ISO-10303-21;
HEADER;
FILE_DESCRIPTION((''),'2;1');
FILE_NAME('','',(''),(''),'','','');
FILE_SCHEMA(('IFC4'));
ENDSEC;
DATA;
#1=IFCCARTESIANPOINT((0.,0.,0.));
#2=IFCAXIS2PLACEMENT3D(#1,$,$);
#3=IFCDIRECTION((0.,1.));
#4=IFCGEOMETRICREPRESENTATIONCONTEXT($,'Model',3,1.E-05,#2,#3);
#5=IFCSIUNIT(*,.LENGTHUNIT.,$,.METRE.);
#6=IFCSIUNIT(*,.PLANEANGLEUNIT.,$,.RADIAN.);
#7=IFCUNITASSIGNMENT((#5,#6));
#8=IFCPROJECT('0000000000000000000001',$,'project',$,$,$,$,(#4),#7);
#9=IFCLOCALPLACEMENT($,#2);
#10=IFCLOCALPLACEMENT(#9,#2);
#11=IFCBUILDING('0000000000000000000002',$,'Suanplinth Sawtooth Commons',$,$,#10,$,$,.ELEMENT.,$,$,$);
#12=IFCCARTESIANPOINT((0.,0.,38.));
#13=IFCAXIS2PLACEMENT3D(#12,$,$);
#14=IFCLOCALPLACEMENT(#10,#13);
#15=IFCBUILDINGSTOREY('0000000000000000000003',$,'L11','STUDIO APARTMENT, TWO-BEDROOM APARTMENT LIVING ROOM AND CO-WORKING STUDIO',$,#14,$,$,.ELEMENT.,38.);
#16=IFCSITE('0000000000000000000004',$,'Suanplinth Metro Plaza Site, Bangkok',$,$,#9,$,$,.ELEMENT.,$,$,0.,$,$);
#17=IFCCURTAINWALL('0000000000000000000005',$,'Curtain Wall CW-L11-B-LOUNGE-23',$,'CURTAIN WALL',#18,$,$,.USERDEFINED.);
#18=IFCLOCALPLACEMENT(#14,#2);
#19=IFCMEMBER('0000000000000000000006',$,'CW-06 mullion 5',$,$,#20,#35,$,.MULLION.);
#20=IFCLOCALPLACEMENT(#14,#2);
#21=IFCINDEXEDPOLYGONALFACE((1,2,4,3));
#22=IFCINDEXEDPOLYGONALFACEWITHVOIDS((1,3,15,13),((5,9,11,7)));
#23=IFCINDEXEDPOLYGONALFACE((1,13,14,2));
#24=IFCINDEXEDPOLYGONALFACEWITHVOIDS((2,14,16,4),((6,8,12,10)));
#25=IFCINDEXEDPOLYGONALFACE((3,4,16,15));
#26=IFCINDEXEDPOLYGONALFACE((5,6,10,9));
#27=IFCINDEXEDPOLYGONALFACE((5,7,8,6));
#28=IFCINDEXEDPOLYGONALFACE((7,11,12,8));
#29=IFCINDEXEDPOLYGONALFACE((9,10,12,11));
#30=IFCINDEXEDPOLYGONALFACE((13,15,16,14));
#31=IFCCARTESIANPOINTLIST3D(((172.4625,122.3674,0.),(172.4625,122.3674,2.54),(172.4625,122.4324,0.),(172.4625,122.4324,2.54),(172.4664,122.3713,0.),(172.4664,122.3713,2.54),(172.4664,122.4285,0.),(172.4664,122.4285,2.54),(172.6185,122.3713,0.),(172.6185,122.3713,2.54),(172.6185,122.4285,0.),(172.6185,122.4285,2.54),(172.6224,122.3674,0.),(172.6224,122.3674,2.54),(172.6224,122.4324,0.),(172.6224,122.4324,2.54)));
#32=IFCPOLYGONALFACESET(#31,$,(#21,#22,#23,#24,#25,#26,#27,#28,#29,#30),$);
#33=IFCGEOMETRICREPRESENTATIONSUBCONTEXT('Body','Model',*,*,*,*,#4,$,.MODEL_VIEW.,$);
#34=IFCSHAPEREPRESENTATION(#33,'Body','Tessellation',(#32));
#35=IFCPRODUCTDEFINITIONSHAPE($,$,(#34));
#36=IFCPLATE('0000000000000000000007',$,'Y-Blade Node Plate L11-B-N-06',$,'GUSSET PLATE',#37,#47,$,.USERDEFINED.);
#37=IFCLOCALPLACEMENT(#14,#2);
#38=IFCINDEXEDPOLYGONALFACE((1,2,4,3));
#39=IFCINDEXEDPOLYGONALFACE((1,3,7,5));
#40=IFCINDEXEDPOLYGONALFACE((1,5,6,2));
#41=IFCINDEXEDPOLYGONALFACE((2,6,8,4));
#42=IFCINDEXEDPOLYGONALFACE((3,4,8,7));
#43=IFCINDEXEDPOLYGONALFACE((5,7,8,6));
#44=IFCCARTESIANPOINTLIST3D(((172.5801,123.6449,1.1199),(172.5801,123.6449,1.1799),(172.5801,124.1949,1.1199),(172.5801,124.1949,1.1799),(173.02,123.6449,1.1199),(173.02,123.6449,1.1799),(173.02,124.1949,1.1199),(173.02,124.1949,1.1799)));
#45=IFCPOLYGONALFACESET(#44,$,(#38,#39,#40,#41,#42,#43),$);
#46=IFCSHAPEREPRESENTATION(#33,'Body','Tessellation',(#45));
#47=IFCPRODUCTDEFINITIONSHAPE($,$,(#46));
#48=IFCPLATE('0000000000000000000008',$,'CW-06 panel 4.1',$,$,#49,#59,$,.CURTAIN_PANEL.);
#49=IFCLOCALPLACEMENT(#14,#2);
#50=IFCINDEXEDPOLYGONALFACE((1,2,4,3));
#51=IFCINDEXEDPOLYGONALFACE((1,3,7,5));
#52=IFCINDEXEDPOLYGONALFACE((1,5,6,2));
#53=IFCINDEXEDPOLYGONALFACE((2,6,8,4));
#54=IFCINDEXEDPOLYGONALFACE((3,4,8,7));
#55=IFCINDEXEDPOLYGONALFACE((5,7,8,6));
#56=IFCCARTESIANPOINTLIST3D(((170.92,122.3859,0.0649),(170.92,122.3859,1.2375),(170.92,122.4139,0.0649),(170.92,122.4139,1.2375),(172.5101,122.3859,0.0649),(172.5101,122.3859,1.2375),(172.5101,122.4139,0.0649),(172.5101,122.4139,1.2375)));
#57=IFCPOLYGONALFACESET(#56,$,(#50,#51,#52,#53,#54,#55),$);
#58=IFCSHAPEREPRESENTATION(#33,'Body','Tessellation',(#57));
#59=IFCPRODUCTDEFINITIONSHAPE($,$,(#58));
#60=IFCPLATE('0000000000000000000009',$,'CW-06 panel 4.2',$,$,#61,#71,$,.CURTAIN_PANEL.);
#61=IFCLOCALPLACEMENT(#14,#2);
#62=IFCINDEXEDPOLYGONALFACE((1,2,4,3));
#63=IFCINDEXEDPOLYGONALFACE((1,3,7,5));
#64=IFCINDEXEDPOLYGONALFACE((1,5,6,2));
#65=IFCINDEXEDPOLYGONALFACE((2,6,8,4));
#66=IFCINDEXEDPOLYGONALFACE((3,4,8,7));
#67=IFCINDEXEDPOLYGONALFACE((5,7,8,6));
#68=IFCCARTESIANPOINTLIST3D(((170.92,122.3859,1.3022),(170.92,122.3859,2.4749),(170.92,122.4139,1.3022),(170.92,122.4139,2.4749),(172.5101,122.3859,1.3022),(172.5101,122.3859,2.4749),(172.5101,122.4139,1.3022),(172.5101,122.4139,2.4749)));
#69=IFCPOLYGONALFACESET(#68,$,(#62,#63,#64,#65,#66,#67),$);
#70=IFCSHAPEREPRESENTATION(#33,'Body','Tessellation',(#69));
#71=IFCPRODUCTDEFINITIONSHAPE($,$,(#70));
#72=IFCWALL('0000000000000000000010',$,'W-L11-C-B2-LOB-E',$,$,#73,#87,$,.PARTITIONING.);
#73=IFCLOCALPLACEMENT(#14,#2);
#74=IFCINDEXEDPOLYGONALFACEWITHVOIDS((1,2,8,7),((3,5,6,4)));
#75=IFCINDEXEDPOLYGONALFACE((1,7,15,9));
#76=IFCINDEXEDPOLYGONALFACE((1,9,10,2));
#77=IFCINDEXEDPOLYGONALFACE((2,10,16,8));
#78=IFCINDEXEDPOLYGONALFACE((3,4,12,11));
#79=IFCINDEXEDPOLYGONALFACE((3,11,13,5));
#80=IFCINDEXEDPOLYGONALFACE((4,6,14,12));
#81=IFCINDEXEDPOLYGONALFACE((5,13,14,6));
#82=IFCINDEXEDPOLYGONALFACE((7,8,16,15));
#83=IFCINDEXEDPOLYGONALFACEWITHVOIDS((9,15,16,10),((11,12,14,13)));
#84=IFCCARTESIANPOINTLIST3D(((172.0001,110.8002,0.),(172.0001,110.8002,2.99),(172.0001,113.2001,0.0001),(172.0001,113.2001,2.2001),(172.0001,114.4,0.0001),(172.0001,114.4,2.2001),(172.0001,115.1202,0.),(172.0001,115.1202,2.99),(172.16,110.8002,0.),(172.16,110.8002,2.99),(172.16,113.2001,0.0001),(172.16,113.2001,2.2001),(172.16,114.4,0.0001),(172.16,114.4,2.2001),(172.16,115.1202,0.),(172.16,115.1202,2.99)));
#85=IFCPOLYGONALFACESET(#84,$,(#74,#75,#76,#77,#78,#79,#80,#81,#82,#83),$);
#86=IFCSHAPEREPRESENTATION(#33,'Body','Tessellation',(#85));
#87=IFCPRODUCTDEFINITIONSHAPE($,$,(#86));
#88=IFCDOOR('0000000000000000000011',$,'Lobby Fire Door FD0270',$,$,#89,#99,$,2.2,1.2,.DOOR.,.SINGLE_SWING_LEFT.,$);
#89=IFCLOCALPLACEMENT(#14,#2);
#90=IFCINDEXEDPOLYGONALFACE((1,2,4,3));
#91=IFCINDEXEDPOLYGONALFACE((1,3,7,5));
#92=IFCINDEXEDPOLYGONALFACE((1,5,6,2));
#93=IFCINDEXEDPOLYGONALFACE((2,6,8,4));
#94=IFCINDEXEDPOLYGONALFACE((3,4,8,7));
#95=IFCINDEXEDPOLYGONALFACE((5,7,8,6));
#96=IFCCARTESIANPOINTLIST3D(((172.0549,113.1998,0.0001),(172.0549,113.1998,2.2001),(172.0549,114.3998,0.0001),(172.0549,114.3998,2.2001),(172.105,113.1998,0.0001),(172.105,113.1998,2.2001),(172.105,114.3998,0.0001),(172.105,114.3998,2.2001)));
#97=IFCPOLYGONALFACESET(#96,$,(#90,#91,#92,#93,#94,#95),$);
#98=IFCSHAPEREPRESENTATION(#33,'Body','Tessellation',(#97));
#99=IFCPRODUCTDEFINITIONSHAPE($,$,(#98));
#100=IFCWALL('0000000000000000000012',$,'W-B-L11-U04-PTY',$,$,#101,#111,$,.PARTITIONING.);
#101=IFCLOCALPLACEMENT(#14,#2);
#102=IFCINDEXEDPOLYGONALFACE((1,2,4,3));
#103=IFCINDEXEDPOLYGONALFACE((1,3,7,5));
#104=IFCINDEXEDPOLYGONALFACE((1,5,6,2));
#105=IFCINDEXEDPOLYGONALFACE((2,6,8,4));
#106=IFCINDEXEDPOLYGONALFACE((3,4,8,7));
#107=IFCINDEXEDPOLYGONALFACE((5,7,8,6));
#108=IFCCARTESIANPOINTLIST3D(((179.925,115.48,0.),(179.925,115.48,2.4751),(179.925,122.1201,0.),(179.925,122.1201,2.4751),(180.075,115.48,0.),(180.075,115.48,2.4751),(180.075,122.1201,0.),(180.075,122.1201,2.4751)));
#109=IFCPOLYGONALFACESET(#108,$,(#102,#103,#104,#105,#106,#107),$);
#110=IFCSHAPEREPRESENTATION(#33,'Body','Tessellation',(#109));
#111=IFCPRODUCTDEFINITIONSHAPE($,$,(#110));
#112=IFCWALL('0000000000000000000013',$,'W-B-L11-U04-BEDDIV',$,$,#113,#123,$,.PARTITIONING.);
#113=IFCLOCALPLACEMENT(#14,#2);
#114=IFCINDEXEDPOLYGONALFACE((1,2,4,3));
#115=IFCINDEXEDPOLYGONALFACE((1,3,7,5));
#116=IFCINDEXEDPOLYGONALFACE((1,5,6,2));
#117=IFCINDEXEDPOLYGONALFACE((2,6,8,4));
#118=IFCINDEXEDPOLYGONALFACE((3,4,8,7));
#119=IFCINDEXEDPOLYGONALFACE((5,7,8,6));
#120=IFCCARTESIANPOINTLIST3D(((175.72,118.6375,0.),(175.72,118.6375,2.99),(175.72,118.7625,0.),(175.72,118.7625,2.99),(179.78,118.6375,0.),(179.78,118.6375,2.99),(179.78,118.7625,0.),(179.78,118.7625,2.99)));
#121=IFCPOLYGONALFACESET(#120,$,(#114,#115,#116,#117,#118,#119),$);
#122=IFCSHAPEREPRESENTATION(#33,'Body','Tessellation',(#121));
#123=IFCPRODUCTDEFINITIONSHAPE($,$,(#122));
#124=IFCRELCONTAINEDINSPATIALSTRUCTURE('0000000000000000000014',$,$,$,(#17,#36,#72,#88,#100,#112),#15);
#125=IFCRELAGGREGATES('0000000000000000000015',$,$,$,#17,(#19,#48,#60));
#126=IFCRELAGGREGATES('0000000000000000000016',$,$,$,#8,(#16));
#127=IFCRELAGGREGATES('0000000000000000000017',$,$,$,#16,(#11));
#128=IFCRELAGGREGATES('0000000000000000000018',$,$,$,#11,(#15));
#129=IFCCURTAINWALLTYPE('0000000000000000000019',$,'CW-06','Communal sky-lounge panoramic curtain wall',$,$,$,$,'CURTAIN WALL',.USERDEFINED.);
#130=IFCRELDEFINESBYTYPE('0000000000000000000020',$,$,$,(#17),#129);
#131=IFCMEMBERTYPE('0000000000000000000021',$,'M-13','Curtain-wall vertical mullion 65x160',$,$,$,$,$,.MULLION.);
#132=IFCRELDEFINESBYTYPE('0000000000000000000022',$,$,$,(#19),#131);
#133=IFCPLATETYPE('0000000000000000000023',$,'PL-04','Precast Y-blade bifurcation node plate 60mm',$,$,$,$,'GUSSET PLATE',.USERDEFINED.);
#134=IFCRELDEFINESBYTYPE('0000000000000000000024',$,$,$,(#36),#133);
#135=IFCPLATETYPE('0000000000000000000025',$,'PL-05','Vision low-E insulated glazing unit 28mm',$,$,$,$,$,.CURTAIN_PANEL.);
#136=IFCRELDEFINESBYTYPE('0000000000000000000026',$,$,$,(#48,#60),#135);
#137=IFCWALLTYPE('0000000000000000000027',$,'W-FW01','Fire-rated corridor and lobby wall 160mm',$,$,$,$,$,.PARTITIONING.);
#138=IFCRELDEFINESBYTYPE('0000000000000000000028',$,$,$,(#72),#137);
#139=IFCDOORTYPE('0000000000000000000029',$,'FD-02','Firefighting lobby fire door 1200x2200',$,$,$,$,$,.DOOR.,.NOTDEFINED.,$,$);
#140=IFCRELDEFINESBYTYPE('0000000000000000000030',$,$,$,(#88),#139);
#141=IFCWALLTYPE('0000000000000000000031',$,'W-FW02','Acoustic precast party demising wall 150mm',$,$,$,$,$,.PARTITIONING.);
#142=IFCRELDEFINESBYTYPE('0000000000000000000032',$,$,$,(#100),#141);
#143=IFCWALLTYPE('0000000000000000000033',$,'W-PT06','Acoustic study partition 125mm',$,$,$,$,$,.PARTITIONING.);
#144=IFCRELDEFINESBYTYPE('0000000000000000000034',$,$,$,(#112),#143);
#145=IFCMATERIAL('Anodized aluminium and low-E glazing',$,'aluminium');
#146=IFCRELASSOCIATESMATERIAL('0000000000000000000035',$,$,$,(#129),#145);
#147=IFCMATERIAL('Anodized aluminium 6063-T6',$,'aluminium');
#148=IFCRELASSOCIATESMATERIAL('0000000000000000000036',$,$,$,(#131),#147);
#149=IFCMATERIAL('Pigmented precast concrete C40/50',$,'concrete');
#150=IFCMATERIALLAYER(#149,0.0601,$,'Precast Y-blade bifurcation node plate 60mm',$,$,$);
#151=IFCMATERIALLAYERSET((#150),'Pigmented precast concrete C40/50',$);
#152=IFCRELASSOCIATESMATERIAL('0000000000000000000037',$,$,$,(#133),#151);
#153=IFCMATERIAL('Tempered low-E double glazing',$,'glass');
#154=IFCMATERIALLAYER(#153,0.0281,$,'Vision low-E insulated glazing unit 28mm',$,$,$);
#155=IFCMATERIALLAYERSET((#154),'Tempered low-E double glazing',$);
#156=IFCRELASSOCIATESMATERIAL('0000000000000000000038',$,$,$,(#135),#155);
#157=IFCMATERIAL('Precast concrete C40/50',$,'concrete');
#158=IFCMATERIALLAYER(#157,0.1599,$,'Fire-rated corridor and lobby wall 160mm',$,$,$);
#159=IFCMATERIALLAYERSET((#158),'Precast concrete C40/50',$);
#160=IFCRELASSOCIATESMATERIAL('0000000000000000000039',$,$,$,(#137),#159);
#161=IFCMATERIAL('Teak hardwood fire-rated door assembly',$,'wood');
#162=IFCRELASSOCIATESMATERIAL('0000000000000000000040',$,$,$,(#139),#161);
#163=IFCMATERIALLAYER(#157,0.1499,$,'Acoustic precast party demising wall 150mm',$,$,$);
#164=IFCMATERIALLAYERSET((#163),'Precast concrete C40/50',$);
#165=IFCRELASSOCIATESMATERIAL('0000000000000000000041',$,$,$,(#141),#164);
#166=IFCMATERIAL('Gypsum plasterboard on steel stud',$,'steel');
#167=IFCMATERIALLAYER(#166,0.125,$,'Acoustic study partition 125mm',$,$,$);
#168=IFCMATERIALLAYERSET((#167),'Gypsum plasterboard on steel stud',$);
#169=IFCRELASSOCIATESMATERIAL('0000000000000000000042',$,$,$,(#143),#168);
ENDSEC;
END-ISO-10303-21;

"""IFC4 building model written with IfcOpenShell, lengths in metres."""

from ifc_helpers import new_model, si_unit, direction, frame, frame_2d, origin, origin_2d, place, context, subcontext, project, spatial, rectangle, hollow_rectangle, extrude, material, layer, layer_set, material_profile, profile_set, type_object, element, fill, aggregate, save


model = new_model("IFC4")

# Units and contexts
model_context = context("Model", 3, precision=1e-05, world=origin(), true_north=direction((0.0, 1.0)))
body_context = subcontext(model_context, "Body", "Model", "MODEL_VIEW")
ifc_project = project(units=[si_unit("LENGTHUNIT", "METRE"), si_unit("PLANEANGLEUNIT", "RADIAN")], contexts=[model_context])

# Site, building, storey
site_placement = place(None, origin())
site = spatial("IfcSite", under=ifc_project, at=site_placement, Name="Suanplinth Metro Plaza Site, Bangkok", CompositionType="ELEMENT", RefElevation=0.0)
building_placement = place(site_placement, origin())
building = spatial("IfcBuilding", under=site, at=building_placement, Name="Suanplinth Sawtooth Commons", CompositionType="ELEMENT")
storey_placement = place(building_placement, frame((0.0, 0.0, 38.0)))
storey = spatial("IfcBuildingStorey", under=building, at=storey_placement, Name="L11", Description="STUDIO APARTMENT, TWO-BEDROOM APARTMENT LIVING ROOM AND CO-WORKING STUDIO", CompositionType="ELEMENT", Elevation=38.0)

# Shared definitions
ifc_material_1 = material(Name="Precast concrete C40/50", Category="concrete")

# Shared definitions
ifc_material_2 = material(Name="Pigmented precast concrete C40/50", Category="concrete")

# Curtain wall, member
ifc_material_3 = material(Name="Anodized aluminium and low-E glazing", Category="aluminium")
curtain_wall_type = type_object("IfcCurtainWallType", Name="CW-06", Description="Communal sky-lounge panoramic curtain wall", ElementType="CURTAIN WALL", PredefinedType="USERDEFINED", material=ifc_material_3)
curtain_wall_placement = place(storey_placement, origin())
curtain_wall = element("IfcCurtainWall", 1, at=curtain_wall_placement, inside=storey, type_object=curtain_wall_type, Name="Curtain Wall CW-L11-B-LOUNGE-23", ObjectType="CURTAIN WALL", PredefinedType="USERDEFINED")
ifc_material_4 = material(Name="Anodized aluminium 6063-T6", Category="aluminium")
ifc_material_profile_1 = material_profile(ifc_material_4, hollow_rectangle(XDim=0.0649, YDim=0.1599, WallThickness=0.0039, at=origin_2d()), Name="ALU-MUL 65x160")
ifc_profile_set_1 = profile_set([ifc_material_profile_1], Name="Anodized aluminium 6063-T6")
member_type_1 = type_object("IfcMemberType", Name="M-13", Description="Curtain-wall vertical mullion 65x160", PredefinedType="MULLION", material=ifc_profile_set_1)
member_1_placement = place(storey_placement, frame((172.5425, 122.3999, 0.0), z_axis=(0.0, 0.0, 1.0), x_axis=(0.0, 1.0, 0.0)))
member_1 = element("IfcMember", 2, at=member_1_placement, type_object=member_type_1, Name="CW-06 mullion 5", PredefinedType="MULLION", context=body_context, shape_type="SweptSolid", body=[
    extrude(hollow_rectangle(XDim=0.0649, YDim=0.1599, WallThickness=0.0039, at=origin_2d()), origin(), (0.0, 0.0, 1.0), 2.54),
])

# Plates
ifc_layer_1 = layer(ifc_material_2, 0.0601, Name="Precast Y-blade bifurcation node plate 60mm")
ifc_layer_set_1 = layer_set([ifc_layer_1], Name="Pigmented precast concrete C40/50")
plate_type_1 = type_object("IfcPlateType", Name="PL-04", Description="Precast Y-blade bifurcation node plate 60mm", ElementType="GUSSET PLATE", PredefinedType="USERDEFINED", material=ifc_layer_set_1)
plate_1_placement = place(storey_placement, frame((172.8, 123.9199, 1.1199), z_axis=(0.0, 0.0, 1.0), x_axis=(1.0, 0.0, 0.0)))
element("IfcPlate", 3, at=plate_1_placement, inside=storey, type_object=plate_type_1, Name="Y-Blade Node Plate L11-B-N-06", ObjectType="GUSSET PLATE", PredefinedType="USERDEFINED", context=body_context, shape_type="SweptSolid", body=[
    extrude(rectangle(XDim=0.4399, YDim=0.55, at=origin_2d()), origin(), (0.0, 0.0, 1.0), 0.0601),
])
ifc_material_5 = material(Name="Tempered low-E double glazing", Category="glass")
ifc_layer_2 = layer(ifc_material_5, 0.0281, Name="Vision low-E insulated glazing unit 28mm")
ifc_layer_set_2 = layer_set([ifc_layer_2], Name="Tempered low-E double glazing")
plate_type_2 = type_object("IfcPlateType", Name="PL-05", Description="Vision low-E insulated glazing unit 28mm", PredefinedType="CURTAIN_PANEL", material=ifc_layer_set_2)
plate_2_placement = place(storey_placement, frame((171.7151, 122.3999, 0.0649), z_axis=(0.0, 0.0, 1.0), x_axis=(1.0, 0.0, 0.0)))
plate_2 = element("IfcPlate", 4, at=plate_2_placement, type_object=plate_type_2, Name="CW-06 panel 4.1", PredefinedType="CURTAIN_PANEL", context=body_context, shape_type="SweptSolid", body=[
    extrude(rectangle(XDim=1.5901, YDim=0.0281, at=origin_2d()), origin(), (0.0, 0.0, 1.0), 1.1726),
])
plate_3_placement = place(storey_placement, frame((171.7151, 122.3999, 1.3022), z_axis=(0.0, 0.0, 1.0), x_axis=(1.0, 0.0, 0.0)))
plate_3 = element("IfcPlate", 5, at=plate_3_placement, type_object=plate_type_2, Name="CW-06 panel 4.2", PredefinedType="CURTAIN_PANEL", context=body_context, shape_type="SweptSolid", body=[
    extrude(rectangle(XDim=1.5901, YDim=0.0281, at=origin_2d()), origin(), (0.0, 0.0, 1.0), 1.1726),
])
aggregate(curtain_wall, [member_1, plate_2, plate_3])

# Wall, opening, door
ifc_layer_3 = layer(ifc_material_1, 0.1599, Name="Fire-rated corridor and lobby wall 160mm")
ifc_layer_set_3 = layer_set([ifc_layer_3], Name="Precast concrete C40/50")
wall_type_1 = type_object("IfcWallType", Name="W-FW01", Description="Fire-rated corridor and lobby wall 160mm", PredefinedType="PARTITIONING", material=ifc_layer_set_3)
wall_1_placement = place(storey_placement, frame((172.0801, 110.8, 0.0), z_axis=(0.0, 0.0, 1.0), x_axis=(0.0, 1.0, 0.0)))
wall_1 = element("IfcWall", 6, at=wall_1_placement, inside=storey, type_object=wall_type_1, Name="W-L11-C-B2-LOB-E", PredefinedType="PARTITIONING", context=body_context, shape_type="SweptSolid", body=[
    extrude(rectangle(XDim=4.3201, YDim=0.1599, at=frame_2d((2.1602, 0.0))), origin(), (0.0, 0.0, 1.0), 2.99),
])
opening_1_placement = place(wall_1_placement, frame((2.3999, 0.0, 0.0)))
opening_1 = element("IfcOpeningElement", 7, at=opening_1_placement, cuts=wall_1, PredefinedType="OPENING", context=body_context, shape_type="SweptSolid", body=[
    extrude(rectangle(XDim=1.2, YDim=2.2, at=frame_2d((0.6001, 1.1001))), frame((0.0, 0.0947, 0.0), z_axis=(0.0, -1.0, 0.0), x_axis=(1.0, 0.0, 0.0)), (0.0, 0.0, 1.0), 0.1897),
])
ifc_material_6 = material(Name="Teak hardwood fire-rated door assembly", Category="wood")
door_type_1 = type_object("IfcDoorType", Name="FD-02", Description="Firefighting lobby fire door 1200x2200", OperationType="NOTDEFINED", PredefinedType="DOOR", material=ifc_material_6)
door_1_placement = place(opening_1_placement, frame((1.2, 0.0, 0.0), z_axis=(0.0, 0.0, 1.0), x_axis=(-1.0, 0.0, 0.0)))
door_1 = element("IfcDoor", 8, at=door_1_placement, inside=storey, type_object=door_type_1, Name="Lobby Fire Door FD0270", OperationType="SINGLE_SWING_LEFT", OverallHeight=2.2, OverallWidth=1.2, PredefinedType="DOOR", context=body_context, shape_type="SweptSolid", body=[
    extrude(rectangle(XDim=1.2, YDim=2.2, at=frame_2d((0.6001, 1.1001))), frame((0.0, 0.0249, 0.0), z_axis=(0.0, -1.0, 0.0), x_axis=(1.0, 0.0, 0.0)), (0.0, 0.0, 1.0), 0.05),
])
fill(opening_1, door_1)

# Wall
ifc_layer_4 = layer(ifc_material_1, 0.1499, Name="Acoustic precast party demising wall 150mm")
ifc_layer_set_4 = layer_set([ifc_layer_4], Name="Precast concrete C40/50")
wall_type_2 = type_object("IfcWallType", Name="W-FW02", Description="Acoustic precast party demising wall 150mm", PredefinedType="PARTITIONING", material=ifc_layer_set_4)
wall_2_placement = place(storey_placement, frame((180.0, 115.48, 0.0), z_axis=(0.0, 0.0, 1.0), x_axis=(0.0, 1.0, 0.0)))
element("IfcWall", 9, at=wall_2_placement, inside=storey, type_object=wall_type_2, Name="W-B-L11-U04-PTY", PredefinedType="PARTITIONING", context=body_context, shape_type="SweptSolid", body=[
    extrude(rectangle(XDim=6.6401, YDim=0.1499, at=frame_2d((3.3201, 0.0))), origin(), (0.0, 0.0, 1.0), 2.4751),
])

# Shared definitions
ifc_material_7 = material(Name="Gypsum plasterboard on steel stud", Category="steel")

# Wall
ifc_layer_5 = layer(ifc_material_7, 0.125, Name="Acoustic study partition 125mm")
ifc_layer_set_5 = layer_set([ifc_layer_5], Name="Gypsum plasterboard on steel stud")
wall_type_3 = type_object("IfcWallType", Name="W-PT06", Description="Acoustic study partition 125mm", PredefinedType="PARTITIONING", material=ifc_layer_set_5)
wall_3_placement = place(storey_placement, frame((175.72, 118.7, 0.0), z_axis=(0.0, 0.0, 1.0), x_axis=(1.0, 0.0, 0.0)))
element("IfcWall", 10, at=wall_3_placement, inside=storey, type_object=wall_type_3, Name="W-B-L11-U04-BEDDIV", PredefinedType="PARTITIONING", context=body_context, shape_type="SweptSolid", body=[
    extrude(rectangle(XDim=4.0601, YDim=0.125, at=frame_2d((2.03, 0.0))), origin(), (0.0, 0.0, 1.0), 2.99),
])

save(model, "model.ifc")
